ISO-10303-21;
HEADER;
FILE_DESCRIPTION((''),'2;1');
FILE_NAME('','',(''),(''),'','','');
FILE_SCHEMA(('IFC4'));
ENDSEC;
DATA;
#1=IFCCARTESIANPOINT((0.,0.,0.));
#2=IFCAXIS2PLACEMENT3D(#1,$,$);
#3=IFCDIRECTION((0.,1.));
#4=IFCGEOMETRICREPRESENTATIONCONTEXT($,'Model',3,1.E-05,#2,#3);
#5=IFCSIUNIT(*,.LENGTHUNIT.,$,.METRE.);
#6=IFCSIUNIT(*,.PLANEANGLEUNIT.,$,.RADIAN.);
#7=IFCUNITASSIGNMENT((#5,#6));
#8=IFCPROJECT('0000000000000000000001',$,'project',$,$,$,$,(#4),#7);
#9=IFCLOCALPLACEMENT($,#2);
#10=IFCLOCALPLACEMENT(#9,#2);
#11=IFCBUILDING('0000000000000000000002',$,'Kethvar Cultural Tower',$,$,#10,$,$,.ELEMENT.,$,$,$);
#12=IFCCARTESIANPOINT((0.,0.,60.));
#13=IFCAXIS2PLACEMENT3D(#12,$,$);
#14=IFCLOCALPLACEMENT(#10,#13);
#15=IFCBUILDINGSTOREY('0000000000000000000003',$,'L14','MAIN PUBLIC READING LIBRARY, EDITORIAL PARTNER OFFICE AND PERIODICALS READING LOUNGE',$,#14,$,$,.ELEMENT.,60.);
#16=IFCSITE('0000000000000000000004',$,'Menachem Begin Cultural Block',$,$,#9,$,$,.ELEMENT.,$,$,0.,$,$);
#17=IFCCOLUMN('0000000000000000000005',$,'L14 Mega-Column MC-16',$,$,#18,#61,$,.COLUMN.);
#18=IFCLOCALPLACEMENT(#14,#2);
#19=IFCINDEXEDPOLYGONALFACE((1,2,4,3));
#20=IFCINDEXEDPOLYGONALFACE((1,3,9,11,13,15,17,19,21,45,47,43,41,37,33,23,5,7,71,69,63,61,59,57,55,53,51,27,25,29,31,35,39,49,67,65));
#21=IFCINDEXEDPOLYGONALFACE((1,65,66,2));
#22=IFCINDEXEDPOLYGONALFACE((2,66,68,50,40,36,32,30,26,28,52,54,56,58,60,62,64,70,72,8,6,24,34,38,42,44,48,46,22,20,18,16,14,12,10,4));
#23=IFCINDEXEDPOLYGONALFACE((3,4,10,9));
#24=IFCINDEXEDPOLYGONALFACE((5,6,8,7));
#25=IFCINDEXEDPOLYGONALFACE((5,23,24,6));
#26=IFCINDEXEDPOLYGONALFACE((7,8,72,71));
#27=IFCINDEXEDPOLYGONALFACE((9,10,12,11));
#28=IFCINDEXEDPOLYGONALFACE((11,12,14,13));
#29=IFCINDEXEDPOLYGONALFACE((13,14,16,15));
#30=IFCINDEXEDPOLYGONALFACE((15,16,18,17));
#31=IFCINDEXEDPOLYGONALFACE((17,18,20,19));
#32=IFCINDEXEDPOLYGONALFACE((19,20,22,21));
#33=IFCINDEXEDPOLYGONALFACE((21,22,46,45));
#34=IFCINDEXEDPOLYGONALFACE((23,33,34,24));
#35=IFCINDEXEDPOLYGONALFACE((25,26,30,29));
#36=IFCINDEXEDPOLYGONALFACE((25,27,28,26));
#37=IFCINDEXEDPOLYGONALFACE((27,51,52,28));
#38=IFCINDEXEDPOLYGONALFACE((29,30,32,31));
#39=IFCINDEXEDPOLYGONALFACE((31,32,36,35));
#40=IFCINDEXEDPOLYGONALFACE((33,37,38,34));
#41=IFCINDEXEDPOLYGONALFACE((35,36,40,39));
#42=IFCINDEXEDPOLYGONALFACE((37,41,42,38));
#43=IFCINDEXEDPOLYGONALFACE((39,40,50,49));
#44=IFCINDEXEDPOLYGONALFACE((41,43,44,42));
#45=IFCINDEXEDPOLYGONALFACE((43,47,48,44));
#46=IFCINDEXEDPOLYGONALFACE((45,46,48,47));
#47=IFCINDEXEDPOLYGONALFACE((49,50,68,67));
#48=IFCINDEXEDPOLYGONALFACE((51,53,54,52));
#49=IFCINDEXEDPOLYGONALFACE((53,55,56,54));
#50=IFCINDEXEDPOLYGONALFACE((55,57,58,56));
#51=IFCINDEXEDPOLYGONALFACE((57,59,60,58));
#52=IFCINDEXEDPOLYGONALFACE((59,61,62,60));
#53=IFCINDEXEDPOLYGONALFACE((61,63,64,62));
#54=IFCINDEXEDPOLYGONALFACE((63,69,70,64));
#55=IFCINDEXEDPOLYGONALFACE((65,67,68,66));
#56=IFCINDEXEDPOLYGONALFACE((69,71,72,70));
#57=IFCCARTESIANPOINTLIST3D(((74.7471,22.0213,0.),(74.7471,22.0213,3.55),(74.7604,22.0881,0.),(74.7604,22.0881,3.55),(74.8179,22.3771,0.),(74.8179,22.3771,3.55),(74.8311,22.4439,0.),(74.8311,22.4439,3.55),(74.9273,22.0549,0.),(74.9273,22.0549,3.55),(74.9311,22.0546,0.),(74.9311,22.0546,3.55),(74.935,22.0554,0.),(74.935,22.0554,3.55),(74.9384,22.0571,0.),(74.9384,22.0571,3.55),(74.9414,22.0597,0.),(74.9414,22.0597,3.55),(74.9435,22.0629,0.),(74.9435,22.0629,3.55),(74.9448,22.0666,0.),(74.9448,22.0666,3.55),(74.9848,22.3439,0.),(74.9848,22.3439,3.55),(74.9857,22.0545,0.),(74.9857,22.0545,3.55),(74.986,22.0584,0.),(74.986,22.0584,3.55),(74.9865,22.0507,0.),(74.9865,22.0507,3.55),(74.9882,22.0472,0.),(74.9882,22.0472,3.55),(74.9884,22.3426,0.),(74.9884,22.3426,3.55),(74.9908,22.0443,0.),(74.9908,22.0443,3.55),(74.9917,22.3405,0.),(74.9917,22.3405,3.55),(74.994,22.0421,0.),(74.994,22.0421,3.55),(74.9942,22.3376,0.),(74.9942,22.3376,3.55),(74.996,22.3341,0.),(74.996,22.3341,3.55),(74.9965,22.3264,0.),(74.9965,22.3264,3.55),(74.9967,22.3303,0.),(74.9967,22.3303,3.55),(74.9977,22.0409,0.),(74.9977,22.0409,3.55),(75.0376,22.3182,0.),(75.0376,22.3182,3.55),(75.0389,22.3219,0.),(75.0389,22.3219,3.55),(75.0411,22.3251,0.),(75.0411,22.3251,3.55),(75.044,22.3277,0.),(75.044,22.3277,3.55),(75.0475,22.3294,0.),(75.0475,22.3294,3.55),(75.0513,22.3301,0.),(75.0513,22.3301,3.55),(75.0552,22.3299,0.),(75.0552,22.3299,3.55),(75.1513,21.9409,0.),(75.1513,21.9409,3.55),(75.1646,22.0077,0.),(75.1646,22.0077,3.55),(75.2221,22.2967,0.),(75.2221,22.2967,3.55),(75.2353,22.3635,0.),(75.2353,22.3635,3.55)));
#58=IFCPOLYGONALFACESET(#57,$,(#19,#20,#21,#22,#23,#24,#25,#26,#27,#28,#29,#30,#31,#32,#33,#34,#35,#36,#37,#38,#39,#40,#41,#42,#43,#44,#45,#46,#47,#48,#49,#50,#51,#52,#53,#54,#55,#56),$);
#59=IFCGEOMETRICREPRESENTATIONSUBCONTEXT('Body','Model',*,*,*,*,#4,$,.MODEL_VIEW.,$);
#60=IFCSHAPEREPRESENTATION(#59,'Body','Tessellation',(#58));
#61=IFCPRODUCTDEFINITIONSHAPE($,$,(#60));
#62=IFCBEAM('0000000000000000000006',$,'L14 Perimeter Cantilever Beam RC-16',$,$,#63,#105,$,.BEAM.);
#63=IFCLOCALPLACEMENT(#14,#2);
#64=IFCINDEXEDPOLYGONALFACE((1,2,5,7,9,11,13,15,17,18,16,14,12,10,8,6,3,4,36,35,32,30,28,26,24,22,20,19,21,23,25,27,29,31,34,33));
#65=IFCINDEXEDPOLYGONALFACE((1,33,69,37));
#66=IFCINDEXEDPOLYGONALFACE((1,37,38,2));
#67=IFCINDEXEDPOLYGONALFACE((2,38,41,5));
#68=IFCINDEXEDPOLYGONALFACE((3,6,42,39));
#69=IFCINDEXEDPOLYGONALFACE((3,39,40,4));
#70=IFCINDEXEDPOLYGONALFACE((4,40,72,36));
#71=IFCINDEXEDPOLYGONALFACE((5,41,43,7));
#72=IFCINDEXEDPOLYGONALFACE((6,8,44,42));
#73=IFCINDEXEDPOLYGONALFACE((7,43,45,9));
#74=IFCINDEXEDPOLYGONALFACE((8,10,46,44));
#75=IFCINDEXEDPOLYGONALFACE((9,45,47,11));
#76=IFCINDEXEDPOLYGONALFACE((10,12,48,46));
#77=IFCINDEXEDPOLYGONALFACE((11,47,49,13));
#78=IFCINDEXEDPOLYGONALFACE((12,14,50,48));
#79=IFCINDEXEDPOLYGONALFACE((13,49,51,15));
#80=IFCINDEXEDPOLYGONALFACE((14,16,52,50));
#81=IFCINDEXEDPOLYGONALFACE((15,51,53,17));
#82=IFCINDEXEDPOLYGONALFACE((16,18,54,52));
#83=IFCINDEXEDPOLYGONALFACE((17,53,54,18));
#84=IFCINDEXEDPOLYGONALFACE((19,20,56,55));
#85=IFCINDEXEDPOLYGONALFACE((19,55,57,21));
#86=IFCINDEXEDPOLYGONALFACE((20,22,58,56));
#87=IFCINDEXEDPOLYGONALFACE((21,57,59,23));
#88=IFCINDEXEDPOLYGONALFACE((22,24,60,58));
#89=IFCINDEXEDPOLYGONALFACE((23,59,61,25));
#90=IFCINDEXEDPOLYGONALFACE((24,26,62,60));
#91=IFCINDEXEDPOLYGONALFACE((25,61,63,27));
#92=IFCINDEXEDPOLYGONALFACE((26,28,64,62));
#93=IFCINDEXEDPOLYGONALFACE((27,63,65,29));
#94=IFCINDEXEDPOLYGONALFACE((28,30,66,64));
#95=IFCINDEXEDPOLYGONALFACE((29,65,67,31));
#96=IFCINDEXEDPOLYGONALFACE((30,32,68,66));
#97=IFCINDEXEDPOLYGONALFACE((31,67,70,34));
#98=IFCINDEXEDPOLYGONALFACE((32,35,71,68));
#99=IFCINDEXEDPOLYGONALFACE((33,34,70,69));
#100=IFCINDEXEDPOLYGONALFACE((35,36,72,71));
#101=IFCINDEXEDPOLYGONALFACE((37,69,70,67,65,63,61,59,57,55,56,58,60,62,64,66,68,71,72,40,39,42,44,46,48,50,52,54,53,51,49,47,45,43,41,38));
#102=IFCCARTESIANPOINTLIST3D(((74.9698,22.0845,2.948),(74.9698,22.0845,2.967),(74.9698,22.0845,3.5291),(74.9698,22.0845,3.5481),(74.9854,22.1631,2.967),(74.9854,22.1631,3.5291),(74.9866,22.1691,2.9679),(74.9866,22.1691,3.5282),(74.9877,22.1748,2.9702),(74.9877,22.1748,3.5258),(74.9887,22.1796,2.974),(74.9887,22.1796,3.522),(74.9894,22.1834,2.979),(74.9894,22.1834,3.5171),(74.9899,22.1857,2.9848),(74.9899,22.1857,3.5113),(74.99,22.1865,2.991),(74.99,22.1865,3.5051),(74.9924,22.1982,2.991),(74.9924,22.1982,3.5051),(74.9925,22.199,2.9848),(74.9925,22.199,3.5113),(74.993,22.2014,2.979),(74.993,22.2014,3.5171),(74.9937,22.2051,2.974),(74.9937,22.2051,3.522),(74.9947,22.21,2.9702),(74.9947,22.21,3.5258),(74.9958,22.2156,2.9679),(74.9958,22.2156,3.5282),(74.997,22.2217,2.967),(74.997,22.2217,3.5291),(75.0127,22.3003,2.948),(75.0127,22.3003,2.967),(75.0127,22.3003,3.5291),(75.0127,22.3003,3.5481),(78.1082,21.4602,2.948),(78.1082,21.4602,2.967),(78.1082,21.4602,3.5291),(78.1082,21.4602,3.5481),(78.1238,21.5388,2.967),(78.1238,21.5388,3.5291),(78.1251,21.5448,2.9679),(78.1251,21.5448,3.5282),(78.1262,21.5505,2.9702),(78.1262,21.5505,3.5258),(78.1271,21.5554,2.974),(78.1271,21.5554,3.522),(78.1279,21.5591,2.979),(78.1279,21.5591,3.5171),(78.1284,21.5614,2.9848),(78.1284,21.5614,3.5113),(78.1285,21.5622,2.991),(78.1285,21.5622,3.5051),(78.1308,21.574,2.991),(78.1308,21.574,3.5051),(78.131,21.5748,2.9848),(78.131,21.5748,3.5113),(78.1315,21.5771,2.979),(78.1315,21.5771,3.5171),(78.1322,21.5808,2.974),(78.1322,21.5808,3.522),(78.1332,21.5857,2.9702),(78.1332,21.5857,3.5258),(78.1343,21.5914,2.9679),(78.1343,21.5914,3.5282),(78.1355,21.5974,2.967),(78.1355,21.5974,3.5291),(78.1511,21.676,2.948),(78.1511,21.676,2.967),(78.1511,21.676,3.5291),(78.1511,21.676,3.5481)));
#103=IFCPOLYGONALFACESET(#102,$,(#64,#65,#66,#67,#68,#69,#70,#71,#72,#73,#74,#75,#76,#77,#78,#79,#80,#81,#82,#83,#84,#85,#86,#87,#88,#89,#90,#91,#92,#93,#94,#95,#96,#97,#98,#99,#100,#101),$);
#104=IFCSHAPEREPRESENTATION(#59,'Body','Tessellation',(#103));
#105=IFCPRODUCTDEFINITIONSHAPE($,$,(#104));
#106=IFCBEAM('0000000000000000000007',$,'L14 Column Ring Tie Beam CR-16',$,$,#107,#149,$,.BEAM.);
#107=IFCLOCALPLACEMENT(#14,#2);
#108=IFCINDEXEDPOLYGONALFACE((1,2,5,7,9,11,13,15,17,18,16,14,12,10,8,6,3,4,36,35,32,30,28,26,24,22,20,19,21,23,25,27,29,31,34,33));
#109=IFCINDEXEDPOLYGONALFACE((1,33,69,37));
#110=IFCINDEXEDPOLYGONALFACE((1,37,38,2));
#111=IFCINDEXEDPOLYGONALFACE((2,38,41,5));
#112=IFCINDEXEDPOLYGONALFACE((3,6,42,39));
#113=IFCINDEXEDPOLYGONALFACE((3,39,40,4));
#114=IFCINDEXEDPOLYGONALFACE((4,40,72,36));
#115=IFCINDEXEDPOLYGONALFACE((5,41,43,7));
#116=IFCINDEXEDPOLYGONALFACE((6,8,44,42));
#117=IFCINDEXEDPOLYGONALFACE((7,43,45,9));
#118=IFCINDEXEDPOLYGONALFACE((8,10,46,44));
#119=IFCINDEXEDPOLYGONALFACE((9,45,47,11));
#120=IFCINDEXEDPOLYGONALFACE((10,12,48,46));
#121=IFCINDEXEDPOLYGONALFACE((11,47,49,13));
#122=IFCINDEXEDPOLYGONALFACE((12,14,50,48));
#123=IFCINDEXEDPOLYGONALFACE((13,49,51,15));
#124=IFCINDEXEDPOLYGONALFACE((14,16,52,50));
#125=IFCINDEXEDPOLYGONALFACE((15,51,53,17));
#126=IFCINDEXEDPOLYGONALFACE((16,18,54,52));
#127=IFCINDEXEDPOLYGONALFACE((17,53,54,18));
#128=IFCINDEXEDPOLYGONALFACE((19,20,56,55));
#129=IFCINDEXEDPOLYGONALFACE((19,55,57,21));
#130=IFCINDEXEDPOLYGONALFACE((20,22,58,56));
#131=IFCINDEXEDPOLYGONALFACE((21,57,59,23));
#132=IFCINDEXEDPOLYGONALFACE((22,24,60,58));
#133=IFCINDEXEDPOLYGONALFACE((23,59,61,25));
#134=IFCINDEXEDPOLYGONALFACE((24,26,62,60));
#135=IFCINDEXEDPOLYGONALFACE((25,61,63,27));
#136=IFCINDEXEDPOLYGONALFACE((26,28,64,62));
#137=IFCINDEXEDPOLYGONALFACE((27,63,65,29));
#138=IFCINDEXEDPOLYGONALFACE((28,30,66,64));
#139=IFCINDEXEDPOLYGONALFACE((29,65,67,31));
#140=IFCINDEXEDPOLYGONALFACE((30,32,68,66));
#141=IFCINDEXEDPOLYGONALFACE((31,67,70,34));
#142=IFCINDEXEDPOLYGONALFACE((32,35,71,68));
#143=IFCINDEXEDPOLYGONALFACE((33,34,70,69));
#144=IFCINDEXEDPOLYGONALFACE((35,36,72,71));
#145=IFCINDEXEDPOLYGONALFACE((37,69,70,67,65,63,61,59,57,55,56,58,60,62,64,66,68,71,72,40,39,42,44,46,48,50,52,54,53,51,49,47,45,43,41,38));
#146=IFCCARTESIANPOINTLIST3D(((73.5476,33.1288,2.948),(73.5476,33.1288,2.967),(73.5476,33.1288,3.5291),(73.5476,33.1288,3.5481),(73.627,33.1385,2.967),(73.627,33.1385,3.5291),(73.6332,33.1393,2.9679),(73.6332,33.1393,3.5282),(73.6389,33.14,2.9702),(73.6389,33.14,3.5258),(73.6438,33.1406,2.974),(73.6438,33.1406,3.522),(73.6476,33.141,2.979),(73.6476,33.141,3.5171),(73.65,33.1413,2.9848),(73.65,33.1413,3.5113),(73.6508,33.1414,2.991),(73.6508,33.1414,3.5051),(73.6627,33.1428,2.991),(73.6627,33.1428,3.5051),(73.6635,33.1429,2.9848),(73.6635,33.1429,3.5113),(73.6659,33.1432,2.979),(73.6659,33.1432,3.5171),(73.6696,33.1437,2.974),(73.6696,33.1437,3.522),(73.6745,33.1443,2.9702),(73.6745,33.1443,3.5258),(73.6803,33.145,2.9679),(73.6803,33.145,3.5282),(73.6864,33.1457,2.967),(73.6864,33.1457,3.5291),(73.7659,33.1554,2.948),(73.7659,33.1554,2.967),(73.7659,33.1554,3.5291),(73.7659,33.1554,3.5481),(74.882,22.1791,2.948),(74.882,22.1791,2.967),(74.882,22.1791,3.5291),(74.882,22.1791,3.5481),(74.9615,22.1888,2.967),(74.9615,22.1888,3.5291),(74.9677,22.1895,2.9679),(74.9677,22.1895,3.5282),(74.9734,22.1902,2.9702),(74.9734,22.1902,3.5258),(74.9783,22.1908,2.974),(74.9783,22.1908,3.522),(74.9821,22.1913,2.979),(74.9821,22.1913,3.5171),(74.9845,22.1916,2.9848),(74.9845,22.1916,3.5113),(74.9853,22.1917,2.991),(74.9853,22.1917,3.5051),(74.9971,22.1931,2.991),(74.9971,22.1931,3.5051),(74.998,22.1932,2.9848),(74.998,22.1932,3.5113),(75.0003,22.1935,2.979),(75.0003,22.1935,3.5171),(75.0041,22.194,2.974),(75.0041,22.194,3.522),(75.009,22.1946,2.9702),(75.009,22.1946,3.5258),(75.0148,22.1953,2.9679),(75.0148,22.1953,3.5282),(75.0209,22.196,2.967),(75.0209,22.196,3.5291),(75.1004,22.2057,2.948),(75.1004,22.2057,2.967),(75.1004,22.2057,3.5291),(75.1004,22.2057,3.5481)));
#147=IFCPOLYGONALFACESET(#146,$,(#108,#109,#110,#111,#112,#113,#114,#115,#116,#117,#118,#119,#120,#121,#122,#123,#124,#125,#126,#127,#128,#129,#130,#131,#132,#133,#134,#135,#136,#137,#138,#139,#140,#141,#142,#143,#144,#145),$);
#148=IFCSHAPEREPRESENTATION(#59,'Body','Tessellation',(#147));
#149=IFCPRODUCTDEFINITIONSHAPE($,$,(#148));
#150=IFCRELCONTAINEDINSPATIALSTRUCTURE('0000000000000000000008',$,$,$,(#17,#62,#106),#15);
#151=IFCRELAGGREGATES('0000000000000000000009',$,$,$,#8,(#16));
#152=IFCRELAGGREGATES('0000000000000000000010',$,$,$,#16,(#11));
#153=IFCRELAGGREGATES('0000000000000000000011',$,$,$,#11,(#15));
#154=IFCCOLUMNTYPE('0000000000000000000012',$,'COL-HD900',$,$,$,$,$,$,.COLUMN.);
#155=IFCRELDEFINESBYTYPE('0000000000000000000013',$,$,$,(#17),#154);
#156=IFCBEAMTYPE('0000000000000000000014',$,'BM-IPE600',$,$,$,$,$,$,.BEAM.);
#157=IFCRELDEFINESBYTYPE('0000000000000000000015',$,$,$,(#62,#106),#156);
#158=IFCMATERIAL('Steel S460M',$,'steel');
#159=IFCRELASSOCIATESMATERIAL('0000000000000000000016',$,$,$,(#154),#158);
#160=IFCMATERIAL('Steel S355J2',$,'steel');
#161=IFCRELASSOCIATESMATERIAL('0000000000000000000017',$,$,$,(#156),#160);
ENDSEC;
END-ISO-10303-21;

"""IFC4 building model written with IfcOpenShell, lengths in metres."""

from ifc_helpers import new_model, si_unit, direction, frame, origin, origin_2d, place, context, subcontext, project, spatial, i_section, extrude, source, transform, mapped, material, material_profile, profile_set, type_object, element, save


model = new_model("IFC4")

# Units and contexts
model_context = context("Model", 3, precision=1e-05, world=origin(), true_north=direction((0.0, 1.0)))
body_context = subcontext(model_context, "Body", "Model", "MODEL_VIEW")
ifc_project = project(units=[si_unit("LENGTHUNIT", "METRE"), si_unit("PLANEANGLEUNIT", "RADIAN")], contexts=[model_context])

# Site, building, storey
site_placement = place(None, origin())
site = spatial("IfcSite", under=ifc_project, at=site_placement, Name="Menachem Begin Cultural Block", CompositionType="ELEMENT", RefElevation=0.0)
building_placement = place(site_placement, origin())
building = spatial("IfcBuilding", under=site, at=building_placement, Name="Kethvar Cultural Tower", CompositionType="ELEMENT")
storey_placement = place(building_placement, frame((0.0, 0.0, 60.0)))
storey = spatial("IfcBuildingStorey", under=building, at=storey_placement, Name="L14", Description="MAIN PUBLIC READING LIBRARY, EDITORIAL PARTNER OFFICE AND PERIODICALS READING LOUNGE", CompositionType="ELEMENT", Elevation=60.0)

# Column
ifc_material_1 = material(Name="Steel S460M", Category="steel")
ifc_material_profile_1 = material_profile(ifc_material_1, i_section(OverallWidth=0.4121, OverallDepth=0.4309, WebThickness=0.042, FlangeThickness=0.0681, FilletRadius=0.0149, at=origin_2d()), Name="Steel S460M — HD400x900")
ifc_profile_set_1 = profile_set([ifc_material_profile_1], Name="Steel S460M — HD400x900")
column_type = type_object("IfcColumnType", Name="COL-HD900", PredefinedType="COLUMN", material=ifc_profile_set_1)
shared_shape_1 = source(origin(), body_context, "Body", "SweptSolid", [
    extrude(i_section(OverallWidth=0.4121, OverallDepth=0.4309, WebThickness=0.042, FlangeThickness=0.0681, FilletRadius=0.0149, at=origin_2d()), origin(), (0.0, 0.0, 1.0), 3.55),
])
column_placement = place(storey_placement, frame((74.9912, 22.1924, 0.0), z_axis=(0.0, 0.0, 1.0), x_axis=(0.980785, -0.19509, 0.0)))
element("IfcColumn", 1, at=column_placement, inside=storey, type_object=column_type, Name="L14 Mega-Column MC-16", PredefinedType="COLUMN", context=body_context, shape_type="MappedRepresentation", body=[
    mapped(shared_shape_1, transform((0.0, 0.0, 0.0), scale=1.0)),
])

# Beams
ifc_material_2 = material(Name="Steel S355J2", Category="steel")
ifc_material_profile_2 = material_profile(ifc_material_2, i_section(OverallWidth=0.22, OverallDepth=0.6001, WebThickness=0.012, FlangeThickness=0.019, FilletRadius=0.0239, at=origin_2d()), Name="Steel S355J2 — IPE600")
ifc_profile_set_2 = profile_set([ifc_material_profile_2], Name="Steel S355J2 — IPE600")
beam_type_1 = type_object("IfcBeamType", Name="BM-IPE600", PredefinedType="BEAM", material=ifc_profile_set_2)
shared_shape_2 = source(origin(), body_context, "Body", "SweptSolid", [
    extrude(i_section(OverallWidth=0.22, OverallDepth=0.6001, WebThickness=0.012, FlangeThickness=0.019, FilletRadius=0.0239, at=origin_2d()), origin(), (0.0, 0.0, 1.0), 3.2),
])
beam_1_placement = place(storey_placement, frame((74.9912, 22.1924, 3.248), z_axis=(0.980786, -0.195089, 0.0), x_axis=(0.195089, 0.980786, 0.0)))
element("IfcBeam", 2, at=beam_1_placement, inside=storey, type_object=beam_type_1, Name="L14 Perimeter Cantilever Beam RC-16", PredefinedType="BEAM", context=body_context, shape_type="MappedRepresentation", body=[
    mapped(shared_shape_2, transform((0.0, 0.0, 0.0), scale=1.0)),
])
shared_shape_3 = source(origin(), body_context, "Body", "SweptSolid", [
    extrude(i_section(OverallWidth=0.22, OverallDepth=0.6001, WebThickness=0.012, FlangeThickness=0.019, FilletRadius=0.0239, at=origin_2d()), origin(), (0.0, 0.0, 1.0), 11.0308),
])
beam_2_placement = place(storey_placement, frame((74.9912, 22.1924, 3.248), z_axis=(-0.120978, 0.992655, 0.0), x_axis=(-0.992655, -0.120978, 0.0)))
element("IfcBeam", 3, at=beam_2_placement, inside=storey, type_object=beam_type_1, Name="L14 Column Ring Tie Beam CR-16", PredefinedType="BEAM", context=body_context, shape_type="MappedRepresentation", body=[
    mapped(shared_shape_3, transform((0.0, 0.0, 0.0), scale=1.0)),
])

save(model, "model.ifc")
